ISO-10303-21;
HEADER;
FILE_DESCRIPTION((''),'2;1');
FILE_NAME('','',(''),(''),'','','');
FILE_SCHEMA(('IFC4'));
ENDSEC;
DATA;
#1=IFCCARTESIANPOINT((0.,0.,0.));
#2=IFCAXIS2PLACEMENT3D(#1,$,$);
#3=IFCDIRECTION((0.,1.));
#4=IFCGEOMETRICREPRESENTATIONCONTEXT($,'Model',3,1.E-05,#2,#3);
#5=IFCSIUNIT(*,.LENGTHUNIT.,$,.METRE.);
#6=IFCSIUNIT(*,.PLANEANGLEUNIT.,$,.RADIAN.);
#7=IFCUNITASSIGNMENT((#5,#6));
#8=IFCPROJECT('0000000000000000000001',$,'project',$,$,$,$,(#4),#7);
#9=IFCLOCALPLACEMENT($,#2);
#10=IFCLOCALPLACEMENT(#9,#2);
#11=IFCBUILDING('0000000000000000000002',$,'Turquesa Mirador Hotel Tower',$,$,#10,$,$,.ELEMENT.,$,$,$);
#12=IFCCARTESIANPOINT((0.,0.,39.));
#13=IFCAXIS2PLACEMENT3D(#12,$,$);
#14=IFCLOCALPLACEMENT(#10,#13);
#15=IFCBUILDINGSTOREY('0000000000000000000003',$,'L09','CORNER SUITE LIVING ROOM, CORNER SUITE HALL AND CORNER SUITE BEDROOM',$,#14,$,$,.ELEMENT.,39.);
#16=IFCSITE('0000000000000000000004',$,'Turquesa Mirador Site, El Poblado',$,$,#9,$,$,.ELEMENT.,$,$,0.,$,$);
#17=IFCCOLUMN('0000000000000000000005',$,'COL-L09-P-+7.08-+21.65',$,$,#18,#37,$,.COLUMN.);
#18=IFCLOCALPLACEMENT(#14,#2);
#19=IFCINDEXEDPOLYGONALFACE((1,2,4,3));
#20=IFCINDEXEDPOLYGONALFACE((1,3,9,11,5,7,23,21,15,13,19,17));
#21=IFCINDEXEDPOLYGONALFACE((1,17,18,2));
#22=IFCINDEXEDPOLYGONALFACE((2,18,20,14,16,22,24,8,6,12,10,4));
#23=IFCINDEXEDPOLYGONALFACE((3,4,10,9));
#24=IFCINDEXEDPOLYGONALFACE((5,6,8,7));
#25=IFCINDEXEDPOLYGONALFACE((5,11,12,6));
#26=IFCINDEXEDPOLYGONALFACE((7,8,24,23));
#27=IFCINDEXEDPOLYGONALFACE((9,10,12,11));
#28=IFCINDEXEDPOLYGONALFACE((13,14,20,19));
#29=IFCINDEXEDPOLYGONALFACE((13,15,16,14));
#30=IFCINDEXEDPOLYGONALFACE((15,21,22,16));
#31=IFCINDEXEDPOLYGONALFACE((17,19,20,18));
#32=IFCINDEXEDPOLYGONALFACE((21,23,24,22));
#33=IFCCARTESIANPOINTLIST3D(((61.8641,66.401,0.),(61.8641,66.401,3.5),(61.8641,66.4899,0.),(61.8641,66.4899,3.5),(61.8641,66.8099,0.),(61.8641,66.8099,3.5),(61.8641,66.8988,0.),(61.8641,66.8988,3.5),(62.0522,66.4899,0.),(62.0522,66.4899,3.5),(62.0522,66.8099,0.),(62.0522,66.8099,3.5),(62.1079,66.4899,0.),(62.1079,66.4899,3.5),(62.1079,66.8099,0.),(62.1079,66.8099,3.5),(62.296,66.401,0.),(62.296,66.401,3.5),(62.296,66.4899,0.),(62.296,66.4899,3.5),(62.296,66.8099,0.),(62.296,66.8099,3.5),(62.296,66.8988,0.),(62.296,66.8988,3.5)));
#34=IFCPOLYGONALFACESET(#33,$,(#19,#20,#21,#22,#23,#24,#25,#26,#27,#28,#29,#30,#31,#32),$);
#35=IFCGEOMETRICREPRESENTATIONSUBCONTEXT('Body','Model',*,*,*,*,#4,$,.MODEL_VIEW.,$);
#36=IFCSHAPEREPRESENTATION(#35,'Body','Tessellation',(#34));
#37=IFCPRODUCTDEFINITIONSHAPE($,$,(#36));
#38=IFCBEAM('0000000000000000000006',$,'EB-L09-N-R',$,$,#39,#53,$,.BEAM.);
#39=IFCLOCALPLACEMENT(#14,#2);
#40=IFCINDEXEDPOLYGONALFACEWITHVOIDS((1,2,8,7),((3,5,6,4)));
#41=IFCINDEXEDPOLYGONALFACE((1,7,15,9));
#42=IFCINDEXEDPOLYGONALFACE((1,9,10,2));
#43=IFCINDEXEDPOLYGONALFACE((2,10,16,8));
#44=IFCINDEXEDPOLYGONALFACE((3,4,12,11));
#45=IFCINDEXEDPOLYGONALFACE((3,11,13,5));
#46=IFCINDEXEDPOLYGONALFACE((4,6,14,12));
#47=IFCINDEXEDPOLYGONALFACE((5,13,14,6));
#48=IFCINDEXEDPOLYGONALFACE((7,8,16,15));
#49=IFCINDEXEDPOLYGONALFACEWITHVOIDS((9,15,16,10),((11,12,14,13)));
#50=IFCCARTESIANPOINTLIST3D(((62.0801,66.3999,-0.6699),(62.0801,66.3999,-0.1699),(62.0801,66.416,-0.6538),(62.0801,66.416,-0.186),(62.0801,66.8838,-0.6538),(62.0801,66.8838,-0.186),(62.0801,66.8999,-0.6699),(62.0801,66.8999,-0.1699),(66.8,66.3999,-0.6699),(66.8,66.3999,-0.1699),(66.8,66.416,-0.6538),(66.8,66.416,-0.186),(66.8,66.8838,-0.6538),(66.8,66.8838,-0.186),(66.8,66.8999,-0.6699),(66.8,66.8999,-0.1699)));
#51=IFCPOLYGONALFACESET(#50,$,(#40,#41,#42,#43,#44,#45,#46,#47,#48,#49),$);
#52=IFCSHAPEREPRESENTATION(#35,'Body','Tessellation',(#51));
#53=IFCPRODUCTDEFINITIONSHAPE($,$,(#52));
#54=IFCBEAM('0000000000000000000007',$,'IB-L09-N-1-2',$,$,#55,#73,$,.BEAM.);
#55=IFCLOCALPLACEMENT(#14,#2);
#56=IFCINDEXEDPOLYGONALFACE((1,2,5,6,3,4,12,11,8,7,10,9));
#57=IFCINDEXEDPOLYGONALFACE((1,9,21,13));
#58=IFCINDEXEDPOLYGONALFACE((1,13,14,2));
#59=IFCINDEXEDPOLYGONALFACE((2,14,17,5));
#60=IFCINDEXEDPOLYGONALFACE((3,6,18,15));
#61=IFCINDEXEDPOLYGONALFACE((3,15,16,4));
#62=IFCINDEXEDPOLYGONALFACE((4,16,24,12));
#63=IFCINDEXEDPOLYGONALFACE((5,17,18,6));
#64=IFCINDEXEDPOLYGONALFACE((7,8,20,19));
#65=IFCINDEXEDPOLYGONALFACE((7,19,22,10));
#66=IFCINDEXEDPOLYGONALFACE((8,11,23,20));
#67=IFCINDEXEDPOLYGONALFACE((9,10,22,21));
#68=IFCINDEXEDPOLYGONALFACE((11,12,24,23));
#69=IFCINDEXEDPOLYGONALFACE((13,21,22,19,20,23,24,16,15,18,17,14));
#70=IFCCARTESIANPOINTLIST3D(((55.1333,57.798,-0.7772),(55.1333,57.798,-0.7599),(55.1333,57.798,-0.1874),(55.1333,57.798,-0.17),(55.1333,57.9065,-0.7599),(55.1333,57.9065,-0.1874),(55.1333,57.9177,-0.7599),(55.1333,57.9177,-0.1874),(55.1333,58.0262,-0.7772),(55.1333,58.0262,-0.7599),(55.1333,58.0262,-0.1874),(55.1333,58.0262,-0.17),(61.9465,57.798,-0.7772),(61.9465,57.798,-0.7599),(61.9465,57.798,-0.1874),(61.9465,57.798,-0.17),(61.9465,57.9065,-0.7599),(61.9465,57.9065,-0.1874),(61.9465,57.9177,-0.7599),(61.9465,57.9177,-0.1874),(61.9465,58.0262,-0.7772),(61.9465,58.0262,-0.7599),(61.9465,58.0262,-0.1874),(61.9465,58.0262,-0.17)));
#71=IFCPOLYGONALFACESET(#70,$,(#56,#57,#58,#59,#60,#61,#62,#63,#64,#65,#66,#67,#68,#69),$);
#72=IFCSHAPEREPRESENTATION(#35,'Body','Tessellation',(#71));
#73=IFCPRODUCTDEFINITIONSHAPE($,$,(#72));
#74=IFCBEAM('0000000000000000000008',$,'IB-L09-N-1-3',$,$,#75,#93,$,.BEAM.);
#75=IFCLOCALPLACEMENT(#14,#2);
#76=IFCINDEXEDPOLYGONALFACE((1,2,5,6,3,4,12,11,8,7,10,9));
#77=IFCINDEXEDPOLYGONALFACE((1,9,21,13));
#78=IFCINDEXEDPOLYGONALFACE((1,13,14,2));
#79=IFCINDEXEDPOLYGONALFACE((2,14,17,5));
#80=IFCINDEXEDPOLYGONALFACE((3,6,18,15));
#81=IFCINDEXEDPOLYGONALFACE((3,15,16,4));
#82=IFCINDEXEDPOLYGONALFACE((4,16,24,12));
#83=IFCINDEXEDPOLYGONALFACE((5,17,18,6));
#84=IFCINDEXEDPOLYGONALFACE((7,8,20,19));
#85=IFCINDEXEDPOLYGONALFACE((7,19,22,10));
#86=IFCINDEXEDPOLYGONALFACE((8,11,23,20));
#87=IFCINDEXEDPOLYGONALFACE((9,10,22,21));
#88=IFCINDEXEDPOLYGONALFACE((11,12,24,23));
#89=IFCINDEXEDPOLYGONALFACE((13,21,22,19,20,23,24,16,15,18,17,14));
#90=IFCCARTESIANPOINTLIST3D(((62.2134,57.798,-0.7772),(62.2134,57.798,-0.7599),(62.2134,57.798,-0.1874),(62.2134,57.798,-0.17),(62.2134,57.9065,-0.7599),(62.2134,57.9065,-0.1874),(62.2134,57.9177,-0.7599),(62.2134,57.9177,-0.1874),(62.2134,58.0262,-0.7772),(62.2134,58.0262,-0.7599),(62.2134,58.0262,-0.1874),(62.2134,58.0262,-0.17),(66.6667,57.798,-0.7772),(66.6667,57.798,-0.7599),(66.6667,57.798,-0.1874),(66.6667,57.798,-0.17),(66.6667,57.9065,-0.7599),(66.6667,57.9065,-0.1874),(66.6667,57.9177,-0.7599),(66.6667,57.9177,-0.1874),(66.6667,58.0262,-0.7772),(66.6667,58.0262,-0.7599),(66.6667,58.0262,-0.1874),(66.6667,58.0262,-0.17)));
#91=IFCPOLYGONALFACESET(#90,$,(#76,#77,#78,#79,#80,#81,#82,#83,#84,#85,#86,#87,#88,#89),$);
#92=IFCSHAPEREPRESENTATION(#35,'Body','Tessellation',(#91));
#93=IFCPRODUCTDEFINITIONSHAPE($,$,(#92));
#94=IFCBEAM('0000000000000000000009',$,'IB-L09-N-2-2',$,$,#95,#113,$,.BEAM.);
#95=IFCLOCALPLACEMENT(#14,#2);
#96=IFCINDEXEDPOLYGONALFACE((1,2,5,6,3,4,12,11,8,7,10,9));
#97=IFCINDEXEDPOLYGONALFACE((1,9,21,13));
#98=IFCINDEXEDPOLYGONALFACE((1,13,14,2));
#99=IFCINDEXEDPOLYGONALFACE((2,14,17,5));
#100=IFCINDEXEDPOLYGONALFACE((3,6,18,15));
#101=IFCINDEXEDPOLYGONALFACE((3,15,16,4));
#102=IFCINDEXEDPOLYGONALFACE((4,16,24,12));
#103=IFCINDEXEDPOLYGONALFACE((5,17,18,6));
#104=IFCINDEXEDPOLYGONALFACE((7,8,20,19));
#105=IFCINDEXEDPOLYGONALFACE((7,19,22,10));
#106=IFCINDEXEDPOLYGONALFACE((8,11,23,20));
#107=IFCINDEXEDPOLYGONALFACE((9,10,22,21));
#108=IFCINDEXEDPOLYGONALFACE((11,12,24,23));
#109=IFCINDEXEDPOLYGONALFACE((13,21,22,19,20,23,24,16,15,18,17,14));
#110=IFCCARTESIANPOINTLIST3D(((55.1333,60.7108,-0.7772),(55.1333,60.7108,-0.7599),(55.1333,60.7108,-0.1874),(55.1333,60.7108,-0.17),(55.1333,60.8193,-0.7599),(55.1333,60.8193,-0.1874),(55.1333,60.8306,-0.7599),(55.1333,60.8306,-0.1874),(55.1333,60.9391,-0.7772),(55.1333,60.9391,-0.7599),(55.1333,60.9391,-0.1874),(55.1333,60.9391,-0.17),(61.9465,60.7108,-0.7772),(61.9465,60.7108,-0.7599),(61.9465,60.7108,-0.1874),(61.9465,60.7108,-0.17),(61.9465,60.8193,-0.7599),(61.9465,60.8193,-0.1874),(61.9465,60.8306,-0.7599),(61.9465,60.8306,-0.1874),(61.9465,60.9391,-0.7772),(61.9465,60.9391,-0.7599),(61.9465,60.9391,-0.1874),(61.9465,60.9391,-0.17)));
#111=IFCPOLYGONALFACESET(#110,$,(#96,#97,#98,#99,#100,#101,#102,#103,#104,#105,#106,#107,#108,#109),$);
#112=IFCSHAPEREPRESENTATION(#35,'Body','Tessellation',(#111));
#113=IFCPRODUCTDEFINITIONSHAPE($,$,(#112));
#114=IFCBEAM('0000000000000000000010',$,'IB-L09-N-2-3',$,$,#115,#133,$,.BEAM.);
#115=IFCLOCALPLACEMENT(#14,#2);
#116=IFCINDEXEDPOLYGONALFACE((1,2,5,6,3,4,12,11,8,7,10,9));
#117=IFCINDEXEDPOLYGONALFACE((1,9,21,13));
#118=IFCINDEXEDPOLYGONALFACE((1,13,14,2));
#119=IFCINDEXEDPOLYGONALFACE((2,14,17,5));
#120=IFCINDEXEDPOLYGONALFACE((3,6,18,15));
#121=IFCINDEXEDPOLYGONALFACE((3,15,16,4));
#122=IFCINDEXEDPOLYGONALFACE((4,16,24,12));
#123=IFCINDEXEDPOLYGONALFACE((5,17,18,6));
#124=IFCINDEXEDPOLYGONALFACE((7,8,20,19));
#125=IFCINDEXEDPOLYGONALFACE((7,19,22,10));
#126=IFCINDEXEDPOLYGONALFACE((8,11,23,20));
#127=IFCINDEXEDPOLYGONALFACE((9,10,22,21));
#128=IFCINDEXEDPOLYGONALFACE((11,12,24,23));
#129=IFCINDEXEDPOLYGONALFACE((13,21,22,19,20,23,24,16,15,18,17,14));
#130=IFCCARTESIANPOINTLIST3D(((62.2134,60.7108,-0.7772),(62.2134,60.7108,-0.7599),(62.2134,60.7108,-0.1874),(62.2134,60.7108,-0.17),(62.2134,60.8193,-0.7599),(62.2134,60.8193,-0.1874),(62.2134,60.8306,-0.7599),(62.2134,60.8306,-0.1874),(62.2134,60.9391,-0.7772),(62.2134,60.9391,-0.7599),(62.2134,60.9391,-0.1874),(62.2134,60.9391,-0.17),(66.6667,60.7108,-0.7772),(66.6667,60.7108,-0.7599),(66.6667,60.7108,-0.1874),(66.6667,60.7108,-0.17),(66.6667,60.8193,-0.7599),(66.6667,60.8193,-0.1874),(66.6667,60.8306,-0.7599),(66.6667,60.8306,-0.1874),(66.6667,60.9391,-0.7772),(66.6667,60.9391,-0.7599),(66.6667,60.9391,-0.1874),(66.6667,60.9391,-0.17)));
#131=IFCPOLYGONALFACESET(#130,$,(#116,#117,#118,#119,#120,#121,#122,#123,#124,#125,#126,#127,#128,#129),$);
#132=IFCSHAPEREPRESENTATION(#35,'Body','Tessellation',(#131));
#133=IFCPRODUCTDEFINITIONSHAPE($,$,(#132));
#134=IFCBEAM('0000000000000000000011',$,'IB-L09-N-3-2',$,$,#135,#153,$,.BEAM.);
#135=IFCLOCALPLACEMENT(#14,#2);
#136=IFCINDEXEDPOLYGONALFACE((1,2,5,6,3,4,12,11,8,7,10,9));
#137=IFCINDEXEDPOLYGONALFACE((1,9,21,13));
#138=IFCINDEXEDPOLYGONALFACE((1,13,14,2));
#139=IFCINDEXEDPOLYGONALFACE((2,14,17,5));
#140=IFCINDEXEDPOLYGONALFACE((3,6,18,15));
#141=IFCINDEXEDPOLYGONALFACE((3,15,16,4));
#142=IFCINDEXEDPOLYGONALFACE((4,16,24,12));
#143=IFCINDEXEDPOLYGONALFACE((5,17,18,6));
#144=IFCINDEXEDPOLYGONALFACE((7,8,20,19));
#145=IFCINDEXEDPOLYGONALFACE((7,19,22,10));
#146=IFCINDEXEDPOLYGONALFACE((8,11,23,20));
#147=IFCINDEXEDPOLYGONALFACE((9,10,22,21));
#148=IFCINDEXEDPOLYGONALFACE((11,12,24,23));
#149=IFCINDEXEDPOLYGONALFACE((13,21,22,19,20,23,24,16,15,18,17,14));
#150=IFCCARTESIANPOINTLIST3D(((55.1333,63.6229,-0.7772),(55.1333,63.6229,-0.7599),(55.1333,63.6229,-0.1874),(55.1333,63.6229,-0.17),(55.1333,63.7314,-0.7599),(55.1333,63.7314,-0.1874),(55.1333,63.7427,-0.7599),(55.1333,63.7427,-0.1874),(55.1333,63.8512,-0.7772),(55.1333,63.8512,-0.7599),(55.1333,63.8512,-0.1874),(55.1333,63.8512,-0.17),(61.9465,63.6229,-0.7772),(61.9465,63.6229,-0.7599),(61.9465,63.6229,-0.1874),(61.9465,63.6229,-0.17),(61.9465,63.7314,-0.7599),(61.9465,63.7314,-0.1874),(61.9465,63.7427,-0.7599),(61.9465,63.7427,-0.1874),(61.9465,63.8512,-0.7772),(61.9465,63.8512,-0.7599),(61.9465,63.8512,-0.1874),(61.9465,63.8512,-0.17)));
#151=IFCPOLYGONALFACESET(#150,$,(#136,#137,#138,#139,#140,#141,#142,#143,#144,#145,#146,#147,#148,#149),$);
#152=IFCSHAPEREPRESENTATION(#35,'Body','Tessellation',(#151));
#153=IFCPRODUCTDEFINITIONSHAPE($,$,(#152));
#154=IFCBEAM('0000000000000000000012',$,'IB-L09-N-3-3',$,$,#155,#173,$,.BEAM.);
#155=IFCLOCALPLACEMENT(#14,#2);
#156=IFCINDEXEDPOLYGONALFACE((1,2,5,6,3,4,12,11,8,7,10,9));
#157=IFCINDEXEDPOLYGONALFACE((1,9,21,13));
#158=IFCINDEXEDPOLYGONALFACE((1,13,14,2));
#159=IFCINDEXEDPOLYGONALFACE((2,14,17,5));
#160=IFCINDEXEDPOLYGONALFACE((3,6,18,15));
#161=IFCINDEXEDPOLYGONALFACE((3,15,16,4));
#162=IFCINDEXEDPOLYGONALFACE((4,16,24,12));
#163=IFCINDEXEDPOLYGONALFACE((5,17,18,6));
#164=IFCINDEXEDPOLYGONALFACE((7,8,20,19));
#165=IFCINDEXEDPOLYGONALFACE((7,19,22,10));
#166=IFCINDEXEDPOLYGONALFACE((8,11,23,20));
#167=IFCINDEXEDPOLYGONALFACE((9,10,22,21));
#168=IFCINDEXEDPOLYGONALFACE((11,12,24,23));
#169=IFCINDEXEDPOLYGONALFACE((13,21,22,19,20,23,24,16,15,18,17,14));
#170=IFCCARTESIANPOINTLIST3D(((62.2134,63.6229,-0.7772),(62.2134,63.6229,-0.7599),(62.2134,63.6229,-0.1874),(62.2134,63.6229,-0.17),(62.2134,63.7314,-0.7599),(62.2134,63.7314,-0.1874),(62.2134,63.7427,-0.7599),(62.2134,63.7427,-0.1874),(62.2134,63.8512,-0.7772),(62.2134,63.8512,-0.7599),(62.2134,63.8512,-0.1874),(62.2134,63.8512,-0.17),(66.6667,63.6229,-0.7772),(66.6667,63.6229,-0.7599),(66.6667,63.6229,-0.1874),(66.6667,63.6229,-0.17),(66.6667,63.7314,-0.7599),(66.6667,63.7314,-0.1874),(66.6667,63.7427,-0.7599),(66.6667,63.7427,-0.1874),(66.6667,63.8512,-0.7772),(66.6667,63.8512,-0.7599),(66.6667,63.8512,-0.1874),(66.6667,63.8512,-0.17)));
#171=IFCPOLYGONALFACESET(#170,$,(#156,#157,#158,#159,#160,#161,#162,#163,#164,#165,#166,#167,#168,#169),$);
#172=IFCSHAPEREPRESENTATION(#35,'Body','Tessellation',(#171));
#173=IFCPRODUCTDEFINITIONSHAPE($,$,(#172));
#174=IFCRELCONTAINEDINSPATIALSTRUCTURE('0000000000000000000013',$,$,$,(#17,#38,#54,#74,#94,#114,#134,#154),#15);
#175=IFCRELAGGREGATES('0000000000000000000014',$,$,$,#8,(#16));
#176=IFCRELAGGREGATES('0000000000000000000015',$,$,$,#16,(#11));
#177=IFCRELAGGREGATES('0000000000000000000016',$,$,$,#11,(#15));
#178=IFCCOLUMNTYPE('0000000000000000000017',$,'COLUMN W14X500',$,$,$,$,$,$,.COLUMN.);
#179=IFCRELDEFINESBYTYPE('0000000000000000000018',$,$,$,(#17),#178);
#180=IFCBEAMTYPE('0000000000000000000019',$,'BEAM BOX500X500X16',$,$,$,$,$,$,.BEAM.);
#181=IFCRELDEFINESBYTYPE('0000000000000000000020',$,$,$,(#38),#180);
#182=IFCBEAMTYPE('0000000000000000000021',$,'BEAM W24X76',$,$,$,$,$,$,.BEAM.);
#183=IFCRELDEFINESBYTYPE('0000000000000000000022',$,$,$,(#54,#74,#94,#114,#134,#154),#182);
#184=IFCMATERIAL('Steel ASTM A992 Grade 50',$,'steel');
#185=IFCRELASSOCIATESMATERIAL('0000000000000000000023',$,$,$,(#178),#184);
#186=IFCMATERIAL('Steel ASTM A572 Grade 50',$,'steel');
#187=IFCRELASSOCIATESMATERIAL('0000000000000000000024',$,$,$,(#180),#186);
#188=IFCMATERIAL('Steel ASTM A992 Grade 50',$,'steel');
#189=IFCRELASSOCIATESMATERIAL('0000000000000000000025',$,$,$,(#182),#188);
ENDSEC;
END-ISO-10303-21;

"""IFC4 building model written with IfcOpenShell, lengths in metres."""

from ifc_helpers import new_model, si_unit, direction, frame, origin, origin_2d, place, context, subcontext, project, spatial, hollow_rectangle, i_section, extrude, material, material_profile, profile_set, type_object, element, save


model = new_model("IFC4")

# Units and contexts
model_context = context("Model", 3, precision=1e-05, world=origin(), true_north=direction((0.0, 1.0)))
body_context = subcontext(model_context, "Body", "Model", "MODEL_VIEW")
ifc_project = project(units=[si_unit("LENGTHUNIT", "METRE"), si_unit("PLANEANGLEUNIT", "RADIAN")], contexts=[model_context])

# Site, building, storey
site_placement = place(None, origin())
site = spatial("IfcSite", under=ifc_project, at=site_placement, Name="Turquesa Mirador Site, El Poblado", CompositionType="ELEMENT", RefElevation=0.0)
building_placement = place(site_placement, origin())
building = spatial("IfcBuilding", under=site, at=building_placement, Name="Turquesa Mirador Hotel Tower", CompositionType="ELEMENT")
storey_placement = place(building_placement, frame((0.0, 0.0, 39.0)))
storey = spatial("IfcBuildingStorey", under=building, at=storey_placement, Name="L09", Description="CORNER SUITE LIVING ROOM, CORNER SUITE HALL AND CORNER SUITE BEDROOM", CompositionType="ELEMENT", Elevation=39.0)

# Column
ifc_material_1 = material(Name="Steel ASTM A992 Grade 50", Category="steel")
ifc_material_profile_1 = material_profile(ifc_material_1, i_section(OverallWidth=0.4319, OverallDepth=0.4978, WebThickness=0.0557, FlangeThickness=0.0889, at=origin_2d()), Name="W14X500")
ifc_profile_set_1 = profile_set([ifc_material_profile_1], Name="Steel ASTM A992 Grade 50")
column_type = type_object("IfcColumnType", Name="COLUMN W14X500", PredefinedType="COLUMN", material=ifc_profile_set_1)
column_placement = place(storey_placement, frame((62.0801, 66.6499, 0.0), z_axis=(0.0, 0.0, 1.0), x_axis=(1.0, 0.0, 0.0)))
element("IfcColumn", 1, at=column_placement, inside=storey, type_object=column_type, Name="COL-L09-P-+7.08-+21.65", PredefinedType="COLUMN", context=body_context, shape_type="SweptSolid", body=[
    extrude(i_section(OverallWidth=0.4319, OverallDepth=0.4978, WebThickness=0.0557, FlangeThickness=0.0889, at=origin_2d()), origin(), (0.0, 0.0, 1.0), 3.5),
])

# Beams
ifc_material_2 = material(Name="Steel ASTM A572 Grade 50", Category="steel")
ifc_material_profile_2 = material_profile(ifc_material_2, hollow_rectangle(XDim=0.5, YDim=0.5, WallThickness=0.0161, at=origin_2d()), Name="BOX500X500X16")
ifc_profile_set_2 = profile_set([ifc_material_profile_2], Name="Steel ASTM A572 Grade 50")
beam_type_1 = type_object("IfcBeamType", Name="BEAM BOX500X500X16", PredefinedType="BEAM", material=ifc_profile_set_2)
beam_1_placement = place(storey_placement, frame((62.0801, 66.6499, -0.4199), z_axis=(1.0, 0.0, 0.0), x_axis=(0.0, 1.0, 0.0)))
element("IfcBeam", 2, at=beam_1_placement, inside=storey, type_object=beam_type_1, Name="EB-L09-N-R", PredefinedType="BEAM", context=body_context, shape_type="SweptSolid", body=[
    extrude(hollow_rectangle(XDim=0.5, YDim=0.5, WallThickness=0.0161, at=origin_2d()), origin(), (0.0, 0.0, 1.0), 4.72),
])
ifc_material_3 = material(Name="Steel ASTM A992 Grade 50", Category="steel")
ifc_material_profile_3 = material_profile(ifc_material_3, i_section(OverallWidth=0.2283, OverallDepth=0.6072, WebThickness=0.0112, FlangeThickness=0.0173, at=origin_2d()), Name="W24X76")
ifc_profile_set_3 = profile_set([ifc_material_profile_3], Name="Steel ASTM A992 Grade 50")
beam_type_2 = type_object("IfcBeamType", Name="BEAM W24X76", PredefinedType="BEAM", material=ifc_profile_set_3)
beam_2_placement = place(storey_placement, frame((55.1333, 57.9121, -0.4736), z_axis=(1.0, 0.0, 0.0), x_axis=(0.0, 1.0, 0.0)))
element("IfcBeam", 3, at=beam_2_placement, inside=storey, type_object=beam_type_2, Name="IB-L09-N-1-2", PredefinedType="BEAM", context=body_context, shape_type="SweptSolid", body=[
    extrude(i_section(OverallWidth=0.2283, OverallDepth=0.6072, WebThickness=0.0112, FlangeThickness=0.0173, at=origin_2d()), origin(), (0.0, 0.0, 1.0), 6.8132),
])
beam_3_placement = place(storey_placement, frame((62.2134, 57.9121, -0.4736), z_axis=(1.0, 0.0, 0.0), x_axis=(0.0, 1.0, 0.0)))
element("IfcBeam", 4, at=beam_3_placement, inside=storey, type_object=beam_type_2, Name="IB-L09-N-1-3", PredefinedType="BEAM", context=body_context, shape_type="SweptSolid", body=[
    extrude(i_section(OverallWidth=0.2283, OverallDepth=0.6072, WebThickness=0.0112, FlangeThickness=0.0173, at=origin_2d()), origin(), (0.0, 0.0, 1.0), 4.4534),
])
beam_4_placement = place(storey_placement, frame((55.1333, 60.825, -0.4736), z_axis=(1.0, 0.0, 0.0), x_axis=(0.0, 1.0, 0.0)))
element("IfcBeam", 5, at=beam_4_placement, inside=storey, type_object=beam_type_2, Name="IB-L09-N-2-2", PredefinedType="BEAM", context=body_context, shape_type="SweptSolid", body=[
    extrude(i_section(OverallWidth=0.2283, OverallDepth=0.6072, WebThickness=0.0112, FlangeThickness=0.0173, at=origin_2d()), origin(), (0.0, 0.0, 1.0), 6.8132),
])
beam_5_placement = place(storey_placement, frame((62.2134, 60.825, -0.4736), z_axis=(1.0, 0.0, 0.0), x_axis=(0.0, 1.0, 0.0)))
element("IfcBeam", 6, at=beam_5_placement, inside=storey, type_object=beam_type_2, Name="IB-L09-N-2-3", PredefinedType="BEAM", context=body_context, shape_type="SweptSolid", body=[
    extrude(i_section(OverallWidth=0.2283, OverallDepth=0.6072, WebThickness=0.0112, FlangeThickness=0.0173, at=origin_2d()), origin(), (0.0, 0.0, 1.0), 4.4534),
])
beam_6_placement = place(storey_placement, frame((55.1333, 63.7371, -0.4736), z_axis=(1.0, 0.0, 0.0), x_axis=(0.0, 1.0, 0.0)))
element("IfcBeam", 7, at=beam_6_placement, inside=storey, type_object=beam_type_2, Name="IB-L09-N-3-2", PredefinedType="BEAM", context=body_context, shape_type="SweptSolid", body=[
    extrude(i_section(OverallWidth=0.2283, OverallDepth=0.6072, WebThickness=0.0112, FlangeThickness=0.0173, at=origin_2d()), origin(), (0.0, 0.0, 1.0), 6.8132),
])
beam_7_placement = place(storey_placement, frame((62.2134, 63.7371, -0.4736), z_axis=(1.0, 0.0, 0.0), x_axis=(0.0, 1.0, 0.0)))
element("IfcBeam", 8, at=beam_7_placement, inside=storey, type_object=beam_type_2, Name="IB-L09-N-3-3", PredefinedType="BEAM", context=body_context, shape_type="SweptSolid", body=[
    extrude(i_section(OverallWidth=0.2283, OverallDepth=0.6072, WebThickness=0.0112, FlangeThickness=0.0173, at=origin_2d()), origin(), (0.0, 0.0, 1.0), 4.4534),
])

save(model, "model.ifc")
